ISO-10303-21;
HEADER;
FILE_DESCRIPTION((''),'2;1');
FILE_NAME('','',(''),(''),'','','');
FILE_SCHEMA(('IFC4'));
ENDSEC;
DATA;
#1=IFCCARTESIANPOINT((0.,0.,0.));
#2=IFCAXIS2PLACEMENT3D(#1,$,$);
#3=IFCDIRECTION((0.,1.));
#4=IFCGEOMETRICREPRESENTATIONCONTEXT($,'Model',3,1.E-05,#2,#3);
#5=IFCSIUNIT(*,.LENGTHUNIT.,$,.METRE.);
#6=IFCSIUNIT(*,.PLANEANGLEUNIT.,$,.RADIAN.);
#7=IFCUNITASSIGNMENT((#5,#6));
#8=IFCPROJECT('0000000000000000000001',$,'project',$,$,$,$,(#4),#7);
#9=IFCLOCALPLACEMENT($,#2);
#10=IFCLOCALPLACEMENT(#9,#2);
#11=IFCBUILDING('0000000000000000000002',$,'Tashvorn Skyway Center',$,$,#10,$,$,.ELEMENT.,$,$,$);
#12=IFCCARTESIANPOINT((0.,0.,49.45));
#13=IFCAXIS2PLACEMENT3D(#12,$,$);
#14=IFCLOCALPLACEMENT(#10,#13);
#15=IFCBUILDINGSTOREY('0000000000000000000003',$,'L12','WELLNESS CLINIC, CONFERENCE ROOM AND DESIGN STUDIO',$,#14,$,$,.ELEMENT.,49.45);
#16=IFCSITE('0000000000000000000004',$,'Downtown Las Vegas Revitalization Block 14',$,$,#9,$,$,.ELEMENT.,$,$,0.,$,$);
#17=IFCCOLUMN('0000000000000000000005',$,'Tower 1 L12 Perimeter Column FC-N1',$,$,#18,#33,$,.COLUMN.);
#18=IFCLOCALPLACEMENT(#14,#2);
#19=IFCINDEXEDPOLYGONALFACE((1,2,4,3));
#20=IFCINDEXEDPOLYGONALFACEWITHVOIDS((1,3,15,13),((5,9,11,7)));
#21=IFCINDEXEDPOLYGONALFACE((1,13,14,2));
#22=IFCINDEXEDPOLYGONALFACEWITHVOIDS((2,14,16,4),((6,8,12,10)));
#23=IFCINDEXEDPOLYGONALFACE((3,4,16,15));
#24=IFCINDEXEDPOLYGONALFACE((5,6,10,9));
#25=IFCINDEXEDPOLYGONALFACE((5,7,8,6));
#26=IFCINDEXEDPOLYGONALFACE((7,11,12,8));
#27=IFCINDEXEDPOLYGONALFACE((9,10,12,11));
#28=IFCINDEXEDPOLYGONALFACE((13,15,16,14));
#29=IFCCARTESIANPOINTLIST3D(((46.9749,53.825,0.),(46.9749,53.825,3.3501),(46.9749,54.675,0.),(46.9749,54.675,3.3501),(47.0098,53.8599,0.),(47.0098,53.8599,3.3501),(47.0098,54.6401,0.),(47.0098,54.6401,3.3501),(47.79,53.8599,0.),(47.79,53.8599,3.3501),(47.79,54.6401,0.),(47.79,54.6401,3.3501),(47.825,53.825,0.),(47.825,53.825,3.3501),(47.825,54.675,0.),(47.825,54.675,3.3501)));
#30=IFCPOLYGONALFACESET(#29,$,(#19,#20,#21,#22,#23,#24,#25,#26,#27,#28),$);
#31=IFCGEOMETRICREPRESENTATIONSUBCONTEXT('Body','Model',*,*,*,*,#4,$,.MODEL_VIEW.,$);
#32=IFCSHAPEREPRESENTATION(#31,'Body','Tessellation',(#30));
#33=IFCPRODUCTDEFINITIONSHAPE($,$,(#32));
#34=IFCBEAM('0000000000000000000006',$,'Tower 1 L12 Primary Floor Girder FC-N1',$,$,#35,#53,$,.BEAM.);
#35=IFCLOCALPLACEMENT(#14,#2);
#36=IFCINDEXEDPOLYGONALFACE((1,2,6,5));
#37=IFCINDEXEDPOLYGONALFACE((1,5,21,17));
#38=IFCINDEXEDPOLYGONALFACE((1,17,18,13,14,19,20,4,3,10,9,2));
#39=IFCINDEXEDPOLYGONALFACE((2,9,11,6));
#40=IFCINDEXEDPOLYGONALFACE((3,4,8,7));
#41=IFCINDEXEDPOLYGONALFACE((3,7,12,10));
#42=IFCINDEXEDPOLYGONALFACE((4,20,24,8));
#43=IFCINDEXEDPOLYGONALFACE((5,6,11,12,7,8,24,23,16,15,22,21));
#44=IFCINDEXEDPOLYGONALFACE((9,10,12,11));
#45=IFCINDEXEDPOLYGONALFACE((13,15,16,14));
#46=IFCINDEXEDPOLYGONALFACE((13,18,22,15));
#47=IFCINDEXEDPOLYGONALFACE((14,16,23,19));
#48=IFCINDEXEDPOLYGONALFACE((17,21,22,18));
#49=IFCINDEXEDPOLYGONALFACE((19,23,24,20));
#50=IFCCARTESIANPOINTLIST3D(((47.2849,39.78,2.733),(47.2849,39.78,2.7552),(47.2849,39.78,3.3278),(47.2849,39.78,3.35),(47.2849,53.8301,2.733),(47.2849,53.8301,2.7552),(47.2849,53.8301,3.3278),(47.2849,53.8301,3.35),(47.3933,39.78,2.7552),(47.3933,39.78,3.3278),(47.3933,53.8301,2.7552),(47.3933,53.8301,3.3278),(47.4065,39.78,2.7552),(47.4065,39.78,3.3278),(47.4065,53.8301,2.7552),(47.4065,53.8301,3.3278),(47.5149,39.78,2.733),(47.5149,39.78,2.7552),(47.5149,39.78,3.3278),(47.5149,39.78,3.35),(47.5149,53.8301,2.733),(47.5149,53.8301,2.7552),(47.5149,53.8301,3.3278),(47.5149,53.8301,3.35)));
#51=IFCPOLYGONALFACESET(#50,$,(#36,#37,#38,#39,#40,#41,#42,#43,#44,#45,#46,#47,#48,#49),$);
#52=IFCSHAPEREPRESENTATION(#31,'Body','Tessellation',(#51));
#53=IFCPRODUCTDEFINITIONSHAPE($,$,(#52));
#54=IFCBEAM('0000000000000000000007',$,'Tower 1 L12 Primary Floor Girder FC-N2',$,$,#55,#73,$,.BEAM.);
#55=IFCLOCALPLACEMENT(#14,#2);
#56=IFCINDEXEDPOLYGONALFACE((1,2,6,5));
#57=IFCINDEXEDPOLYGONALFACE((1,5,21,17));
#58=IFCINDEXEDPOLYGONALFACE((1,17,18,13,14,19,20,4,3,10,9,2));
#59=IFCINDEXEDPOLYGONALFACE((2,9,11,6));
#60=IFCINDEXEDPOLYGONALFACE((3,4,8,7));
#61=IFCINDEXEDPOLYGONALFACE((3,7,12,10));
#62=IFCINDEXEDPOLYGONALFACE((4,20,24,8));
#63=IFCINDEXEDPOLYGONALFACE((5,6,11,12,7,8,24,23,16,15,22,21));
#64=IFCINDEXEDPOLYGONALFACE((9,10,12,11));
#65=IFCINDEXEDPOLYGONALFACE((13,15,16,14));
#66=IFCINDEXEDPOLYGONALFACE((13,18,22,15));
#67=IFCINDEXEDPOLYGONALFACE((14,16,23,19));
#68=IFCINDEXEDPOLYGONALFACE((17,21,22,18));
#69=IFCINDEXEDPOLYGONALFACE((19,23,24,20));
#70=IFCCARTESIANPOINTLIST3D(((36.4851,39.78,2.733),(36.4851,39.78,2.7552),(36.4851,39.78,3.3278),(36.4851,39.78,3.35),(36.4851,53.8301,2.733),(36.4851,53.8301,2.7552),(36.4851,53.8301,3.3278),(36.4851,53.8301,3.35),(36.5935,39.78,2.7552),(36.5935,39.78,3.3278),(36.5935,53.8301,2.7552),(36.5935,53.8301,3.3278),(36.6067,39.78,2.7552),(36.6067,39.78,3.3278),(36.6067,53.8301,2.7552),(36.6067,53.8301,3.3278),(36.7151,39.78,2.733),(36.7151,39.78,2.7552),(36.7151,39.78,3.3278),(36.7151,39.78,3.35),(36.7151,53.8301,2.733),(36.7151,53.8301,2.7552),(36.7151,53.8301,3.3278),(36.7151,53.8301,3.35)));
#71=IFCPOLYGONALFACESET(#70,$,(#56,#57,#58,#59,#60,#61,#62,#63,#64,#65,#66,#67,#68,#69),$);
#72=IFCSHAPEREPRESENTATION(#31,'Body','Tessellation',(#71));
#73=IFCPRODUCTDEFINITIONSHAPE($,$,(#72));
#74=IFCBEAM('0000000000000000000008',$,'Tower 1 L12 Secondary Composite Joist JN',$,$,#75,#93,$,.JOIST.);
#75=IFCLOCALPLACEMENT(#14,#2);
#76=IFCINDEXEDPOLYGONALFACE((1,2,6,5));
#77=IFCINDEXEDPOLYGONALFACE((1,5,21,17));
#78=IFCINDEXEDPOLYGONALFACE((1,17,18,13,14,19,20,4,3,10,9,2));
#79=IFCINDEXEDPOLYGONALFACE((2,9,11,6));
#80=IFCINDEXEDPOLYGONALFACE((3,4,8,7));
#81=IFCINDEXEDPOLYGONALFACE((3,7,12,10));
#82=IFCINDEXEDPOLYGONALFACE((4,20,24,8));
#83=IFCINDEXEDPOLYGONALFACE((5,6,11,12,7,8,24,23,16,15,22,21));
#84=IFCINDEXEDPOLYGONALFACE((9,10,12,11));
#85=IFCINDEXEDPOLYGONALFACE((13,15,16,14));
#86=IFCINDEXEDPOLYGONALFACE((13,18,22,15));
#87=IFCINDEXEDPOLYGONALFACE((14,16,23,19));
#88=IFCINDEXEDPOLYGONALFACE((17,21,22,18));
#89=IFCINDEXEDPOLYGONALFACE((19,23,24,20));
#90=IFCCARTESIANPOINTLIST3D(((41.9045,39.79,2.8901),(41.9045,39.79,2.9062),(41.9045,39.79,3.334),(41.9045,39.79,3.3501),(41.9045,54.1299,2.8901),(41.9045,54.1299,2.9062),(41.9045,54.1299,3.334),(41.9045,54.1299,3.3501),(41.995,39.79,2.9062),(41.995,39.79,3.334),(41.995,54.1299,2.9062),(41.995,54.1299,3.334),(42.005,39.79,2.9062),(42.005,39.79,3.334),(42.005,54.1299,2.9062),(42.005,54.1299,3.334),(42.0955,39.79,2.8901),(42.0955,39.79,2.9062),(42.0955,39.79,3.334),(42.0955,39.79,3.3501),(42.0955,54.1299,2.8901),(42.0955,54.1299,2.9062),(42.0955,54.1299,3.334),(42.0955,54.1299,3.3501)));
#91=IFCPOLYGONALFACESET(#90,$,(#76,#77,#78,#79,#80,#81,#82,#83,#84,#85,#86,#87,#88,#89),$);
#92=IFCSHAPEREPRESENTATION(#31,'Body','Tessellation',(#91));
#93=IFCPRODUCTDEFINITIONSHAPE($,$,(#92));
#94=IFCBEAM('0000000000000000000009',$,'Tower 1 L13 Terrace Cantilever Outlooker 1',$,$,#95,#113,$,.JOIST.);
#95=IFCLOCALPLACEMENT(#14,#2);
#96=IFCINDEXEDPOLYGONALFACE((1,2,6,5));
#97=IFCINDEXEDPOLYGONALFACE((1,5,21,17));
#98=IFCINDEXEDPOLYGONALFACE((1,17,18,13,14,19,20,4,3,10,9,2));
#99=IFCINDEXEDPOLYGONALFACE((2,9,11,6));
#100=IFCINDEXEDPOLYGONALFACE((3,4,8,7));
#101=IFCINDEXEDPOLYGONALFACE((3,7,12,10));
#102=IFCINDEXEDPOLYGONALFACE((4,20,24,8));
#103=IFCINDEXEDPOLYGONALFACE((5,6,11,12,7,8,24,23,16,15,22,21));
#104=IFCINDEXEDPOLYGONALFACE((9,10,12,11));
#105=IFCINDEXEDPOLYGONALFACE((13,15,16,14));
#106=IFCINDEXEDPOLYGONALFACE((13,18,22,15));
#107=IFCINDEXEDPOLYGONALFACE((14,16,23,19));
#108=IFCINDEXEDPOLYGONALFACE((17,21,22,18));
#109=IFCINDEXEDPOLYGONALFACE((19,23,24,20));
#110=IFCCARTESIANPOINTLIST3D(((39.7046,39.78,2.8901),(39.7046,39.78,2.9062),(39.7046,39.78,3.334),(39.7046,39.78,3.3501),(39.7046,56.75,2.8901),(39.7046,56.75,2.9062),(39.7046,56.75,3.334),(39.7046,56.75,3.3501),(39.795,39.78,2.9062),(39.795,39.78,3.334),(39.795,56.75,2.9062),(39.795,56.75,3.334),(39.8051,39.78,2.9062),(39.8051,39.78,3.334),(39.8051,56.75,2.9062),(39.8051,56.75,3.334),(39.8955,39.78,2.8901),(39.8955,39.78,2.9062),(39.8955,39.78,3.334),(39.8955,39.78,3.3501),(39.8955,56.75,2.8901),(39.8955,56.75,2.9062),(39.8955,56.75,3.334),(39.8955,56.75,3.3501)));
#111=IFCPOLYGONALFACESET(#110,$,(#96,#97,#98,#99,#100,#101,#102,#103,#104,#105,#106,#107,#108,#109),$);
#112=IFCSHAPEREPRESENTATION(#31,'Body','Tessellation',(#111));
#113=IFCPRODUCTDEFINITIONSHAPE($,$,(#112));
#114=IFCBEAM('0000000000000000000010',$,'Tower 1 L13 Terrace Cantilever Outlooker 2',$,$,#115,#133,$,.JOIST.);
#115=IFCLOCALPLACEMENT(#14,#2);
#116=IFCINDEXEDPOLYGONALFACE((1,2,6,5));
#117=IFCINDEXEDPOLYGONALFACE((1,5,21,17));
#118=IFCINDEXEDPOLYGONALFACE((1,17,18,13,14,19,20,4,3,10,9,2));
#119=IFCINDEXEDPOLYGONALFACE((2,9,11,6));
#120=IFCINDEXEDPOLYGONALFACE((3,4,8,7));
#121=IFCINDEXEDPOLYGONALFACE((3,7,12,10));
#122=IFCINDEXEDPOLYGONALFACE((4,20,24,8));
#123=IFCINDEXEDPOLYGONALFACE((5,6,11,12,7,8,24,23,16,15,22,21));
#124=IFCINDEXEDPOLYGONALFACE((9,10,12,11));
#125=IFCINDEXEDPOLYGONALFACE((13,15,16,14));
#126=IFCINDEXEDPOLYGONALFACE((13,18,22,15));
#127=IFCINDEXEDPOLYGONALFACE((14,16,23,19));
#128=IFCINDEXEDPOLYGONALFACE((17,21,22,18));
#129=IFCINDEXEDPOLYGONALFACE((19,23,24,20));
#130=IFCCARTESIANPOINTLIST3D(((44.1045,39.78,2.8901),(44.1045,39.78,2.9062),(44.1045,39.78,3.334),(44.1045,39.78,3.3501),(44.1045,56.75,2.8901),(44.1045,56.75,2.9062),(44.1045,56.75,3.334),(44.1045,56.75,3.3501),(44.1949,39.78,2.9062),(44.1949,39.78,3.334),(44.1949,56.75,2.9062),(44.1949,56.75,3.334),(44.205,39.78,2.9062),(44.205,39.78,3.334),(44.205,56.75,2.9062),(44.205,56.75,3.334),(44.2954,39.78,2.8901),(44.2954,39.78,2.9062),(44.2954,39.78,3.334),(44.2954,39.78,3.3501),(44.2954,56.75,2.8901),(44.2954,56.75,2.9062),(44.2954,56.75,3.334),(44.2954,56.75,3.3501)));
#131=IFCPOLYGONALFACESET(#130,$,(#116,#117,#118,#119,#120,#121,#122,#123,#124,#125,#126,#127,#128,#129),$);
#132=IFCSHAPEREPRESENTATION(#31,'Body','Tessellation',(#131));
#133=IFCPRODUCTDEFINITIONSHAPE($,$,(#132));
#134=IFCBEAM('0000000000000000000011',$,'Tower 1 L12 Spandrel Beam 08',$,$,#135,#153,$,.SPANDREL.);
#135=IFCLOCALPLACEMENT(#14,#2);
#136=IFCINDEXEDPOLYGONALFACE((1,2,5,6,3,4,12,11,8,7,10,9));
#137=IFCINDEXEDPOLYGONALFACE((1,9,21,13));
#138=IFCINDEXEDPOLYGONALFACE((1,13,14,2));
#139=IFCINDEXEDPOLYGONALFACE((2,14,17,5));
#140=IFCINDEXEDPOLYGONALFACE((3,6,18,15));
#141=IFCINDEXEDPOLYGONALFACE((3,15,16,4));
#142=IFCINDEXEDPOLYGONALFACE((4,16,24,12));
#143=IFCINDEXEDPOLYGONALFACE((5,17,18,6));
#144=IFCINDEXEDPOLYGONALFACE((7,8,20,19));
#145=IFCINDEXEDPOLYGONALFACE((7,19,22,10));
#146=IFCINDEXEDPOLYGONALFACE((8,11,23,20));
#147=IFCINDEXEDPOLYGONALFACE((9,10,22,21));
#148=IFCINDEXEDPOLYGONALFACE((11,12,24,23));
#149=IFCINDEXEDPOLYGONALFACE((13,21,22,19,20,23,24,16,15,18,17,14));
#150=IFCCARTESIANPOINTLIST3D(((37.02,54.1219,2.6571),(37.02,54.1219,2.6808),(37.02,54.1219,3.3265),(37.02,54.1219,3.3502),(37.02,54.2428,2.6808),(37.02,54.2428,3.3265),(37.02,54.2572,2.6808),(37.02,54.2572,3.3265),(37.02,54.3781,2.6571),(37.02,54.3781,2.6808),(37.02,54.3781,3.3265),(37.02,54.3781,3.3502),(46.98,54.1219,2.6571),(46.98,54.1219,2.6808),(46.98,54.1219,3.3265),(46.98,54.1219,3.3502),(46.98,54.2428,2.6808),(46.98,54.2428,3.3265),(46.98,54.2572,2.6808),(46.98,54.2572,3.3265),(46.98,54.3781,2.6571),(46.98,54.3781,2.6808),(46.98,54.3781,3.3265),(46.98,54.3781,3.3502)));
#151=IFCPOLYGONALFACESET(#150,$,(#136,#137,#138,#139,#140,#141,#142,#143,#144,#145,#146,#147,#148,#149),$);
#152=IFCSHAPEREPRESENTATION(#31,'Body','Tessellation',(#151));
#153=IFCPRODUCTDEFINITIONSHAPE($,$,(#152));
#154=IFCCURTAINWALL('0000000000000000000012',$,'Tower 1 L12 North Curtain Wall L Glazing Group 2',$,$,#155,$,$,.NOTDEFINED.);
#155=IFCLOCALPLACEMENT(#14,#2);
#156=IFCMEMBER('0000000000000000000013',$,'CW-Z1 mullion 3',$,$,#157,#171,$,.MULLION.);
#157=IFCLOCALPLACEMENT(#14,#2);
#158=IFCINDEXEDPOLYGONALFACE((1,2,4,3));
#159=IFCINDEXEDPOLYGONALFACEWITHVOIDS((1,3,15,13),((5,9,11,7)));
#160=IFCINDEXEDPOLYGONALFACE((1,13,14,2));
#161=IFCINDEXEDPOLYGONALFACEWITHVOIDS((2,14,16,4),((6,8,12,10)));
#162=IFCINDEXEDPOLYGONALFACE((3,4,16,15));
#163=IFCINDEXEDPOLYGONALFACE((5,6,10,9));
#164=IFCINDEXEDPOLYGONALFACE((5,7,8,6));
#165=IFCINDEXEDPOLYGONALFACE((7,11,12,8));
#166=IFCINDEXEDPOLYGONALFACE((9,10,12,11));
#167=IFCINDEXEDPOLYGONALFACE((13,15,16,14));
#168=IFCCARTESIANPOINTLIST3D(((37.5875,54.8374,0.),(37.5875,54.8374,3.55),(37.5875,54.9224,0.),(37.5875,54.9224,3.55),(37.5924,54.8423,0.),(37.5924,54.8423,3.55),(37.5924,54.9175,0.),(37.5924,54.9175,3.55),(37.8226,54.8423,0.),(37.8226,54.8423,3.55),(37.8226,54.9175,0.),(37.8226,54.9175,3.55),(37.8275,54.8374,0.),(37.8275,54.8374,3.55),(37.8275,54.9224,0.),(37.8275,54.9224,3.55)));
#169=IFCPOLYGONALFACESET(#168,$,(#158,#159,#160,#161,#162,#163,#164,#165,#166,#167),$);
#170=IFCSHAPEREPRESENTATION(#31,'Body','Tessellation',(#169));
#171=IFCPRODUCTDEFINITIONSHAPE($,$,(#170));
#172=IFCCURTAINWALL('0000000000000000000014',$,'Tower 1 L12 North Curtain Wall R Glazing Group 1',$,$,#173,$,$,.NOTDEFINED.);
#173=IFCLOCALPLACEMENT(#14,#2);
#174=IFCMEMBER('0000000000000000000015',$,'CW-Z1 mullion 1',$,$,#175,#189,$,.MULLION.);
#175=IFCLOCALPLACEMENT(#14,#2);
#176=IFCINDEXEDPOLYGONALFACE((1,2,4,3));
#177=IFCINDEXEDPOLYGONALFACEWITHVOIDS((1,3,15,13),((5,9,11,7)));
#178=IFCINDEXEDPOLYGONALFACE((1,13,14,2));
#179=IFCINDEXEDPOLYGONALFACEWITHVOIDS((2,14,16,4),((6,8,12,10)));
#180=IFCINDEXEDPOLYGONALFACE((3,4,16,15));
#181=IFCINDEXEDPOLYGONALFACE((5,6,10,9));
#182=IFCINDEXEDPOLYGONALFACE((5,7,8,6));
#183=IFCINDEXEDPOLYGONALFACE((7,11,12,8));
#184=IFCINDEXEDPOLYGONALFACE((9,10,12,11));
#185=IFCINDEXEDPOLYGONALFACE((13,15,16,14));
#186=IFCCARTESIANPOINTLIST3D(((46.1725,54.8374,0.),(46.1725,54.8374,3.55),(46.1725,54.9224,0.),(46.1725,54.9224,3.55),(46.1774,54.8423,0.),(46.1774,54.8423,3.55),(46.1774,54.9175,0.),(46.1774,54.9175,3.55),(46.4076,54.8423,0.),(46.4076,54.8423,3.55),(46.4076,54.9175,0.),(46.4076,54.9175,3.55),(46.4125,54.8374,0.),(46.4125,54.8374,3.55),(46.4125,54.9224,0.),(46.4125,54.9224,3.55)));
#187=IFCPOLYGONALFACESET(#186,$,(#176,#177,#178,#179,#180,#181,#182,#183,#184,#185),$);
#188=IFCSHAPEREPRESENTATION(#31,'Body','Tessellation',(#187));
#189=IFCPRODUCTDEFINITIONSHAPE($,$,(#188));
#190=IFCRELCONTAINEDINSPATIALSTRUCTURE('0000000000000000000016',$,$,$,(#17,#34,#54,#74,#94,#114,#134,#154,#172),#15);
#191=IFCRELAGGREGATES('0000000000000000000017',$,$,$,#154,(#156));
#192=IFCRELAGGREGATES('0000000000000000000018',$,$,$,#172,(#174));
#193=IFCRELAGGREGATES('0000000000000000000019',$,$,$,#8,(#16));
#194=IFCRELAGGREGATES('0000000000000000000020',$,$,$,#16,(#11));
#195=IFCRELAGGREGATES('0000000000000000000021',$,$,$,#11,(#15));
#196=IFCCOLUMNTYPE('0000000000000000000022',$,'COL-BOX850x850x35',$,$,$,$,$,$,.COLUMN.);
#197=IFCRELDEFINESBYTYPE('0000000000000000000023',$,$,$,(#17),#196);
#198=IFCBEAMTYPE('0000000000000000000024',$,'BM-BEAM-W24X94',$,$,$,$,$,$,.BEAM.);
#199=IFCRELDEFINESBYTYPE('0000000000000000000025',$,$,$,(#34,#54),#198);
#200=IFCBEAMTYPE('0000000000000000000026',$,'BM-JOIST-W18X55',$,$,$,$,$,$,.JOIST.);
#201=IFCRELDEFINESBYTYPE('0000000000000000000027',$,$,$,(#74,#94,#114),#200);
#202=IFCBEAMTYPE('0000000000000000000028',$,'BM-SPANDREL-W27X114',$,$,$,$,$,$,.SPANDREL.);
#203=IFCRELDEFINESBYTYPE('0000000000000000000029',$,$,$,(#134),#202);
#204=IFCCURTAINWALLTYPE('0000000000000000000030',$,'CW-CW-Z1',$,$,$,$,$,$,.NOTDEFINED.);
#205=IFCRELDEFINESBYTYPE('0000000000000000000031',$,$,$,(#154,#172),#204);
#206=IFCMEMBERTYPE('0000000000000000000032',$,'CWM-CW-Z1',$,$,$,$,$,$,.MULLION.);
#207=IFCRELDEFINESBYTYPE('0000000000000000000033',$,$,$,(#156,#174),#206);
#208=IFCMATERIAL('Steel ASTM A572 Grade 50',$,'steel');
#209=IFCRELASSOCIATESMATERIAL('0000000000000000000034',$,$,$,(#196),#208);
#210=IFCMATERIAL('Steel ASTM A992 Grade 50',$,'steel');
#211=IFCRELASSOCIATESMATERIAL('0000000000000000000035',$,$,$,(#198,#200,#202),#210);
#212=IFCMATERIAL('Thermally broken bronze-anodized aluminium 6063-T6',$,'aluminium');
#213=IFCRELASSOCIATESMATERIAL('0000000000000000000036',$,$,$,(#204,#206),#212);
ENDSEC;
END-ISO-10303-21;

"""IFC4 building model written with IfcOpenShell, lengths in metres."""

from ifc_helpers import new_model, si_unit, direction, frame, origin, origin_2d, place, context, subcontext, project, spatial, hollow_rectangle, i_section, extrude, material, material_profile, profile_set, type_object, element, aggregate, save


model = new_model("IFC4")

# Units and contexts
model_context = context("Model", 3, precision=1e-05, world=origin(), true_north=direction((0.0, 1.0)))
body_context = subcontext(model_context, "Body", "Model", "MODEL_VIEW")
ifc_project = project(units=[si_unit("LENGTHUNIT", "METRE"), si_unit("PLANEANGLEUNIT", "RADIAN")], contexts=[model_context])

# Site, building, storey
site_placement = place(None, origin())
site = spatial("IfcSite", under=ifc_project, at=site_placement, Name="Downtown Las Vegas Revitalization Block 14", CompositionType="ELEMENT", RefElevation=0.0)
building_placement = place(site_placement, origin())
building = spatial("IfcBuilding", under=site, at=building_placement, Name="Tashvorn Skyway Center", CompositionType="ELEMENT")
storey_placement = place(building_placement, frame((0.0, 0.0, 49.45)))
storey = spatial("IfcBuildingStorey", under=building, at=storey_placement, Name="L12", Description="WELLNESS CLINIC, CONFERENCE ROOM AND DESIGN STUDIO", CompositionType="ELEMENT", Elevation=49.45)

# Column
ifc_material_1 = material(Name="Steel ASTM A572 Grade 50", Category="steel")
ifc_material_profile_1 = material_profile(ifc_material_1, hollow_rectangle(XDim=0.8501, YDim=0.8501, WallThickness=0.0349, at=origin_2d()), Name="BOX850x850x35")
ifc_profile_set_1 = profile_set([ifc_material_profile_1], Name="Steel ASTM A572 Grade 50")
column_type = type_object("IfcColumnType", Name="COL-BOX850x850x35", PredefinedType="COLUMN", material=ifc_profile_set_1)
column_placement = place(storey_placement, frame((47.3999, 54.25, 0.0), z_axis=(0.0, 0.0, 1.0), x_axis=(1.0, 0.0, 0.0)))
element("IfcColumn", 1, at=column_placement, inside=storey, type_object=column_type, Name="Tower 1 L12 Perimeter Column FC-N1", PredefinedType="COLUMN", context=body_context, shape_type="SweptSolid", body=[
    extrude(hollow_rectangle(XDim=0.8501, YDim=0.8501, WallThickness=0.0349, at=origin_2d()), origin(), (0.0, 0.0, 1.0), 3.3501),
])

# Beams
ifc_material_2 = material(Name="Steel ASTM A992 Grade 50", Category="steel")
ifc_material_profile_2 = material_profile(ifc_material_2, i_section(OverallWidth=0.23, OverallDepth=0.6169, WebThickness=0.0132, FlangeThickness=0.0222, at=origin_2d()), Name="W24X94")
ifc_profile_set_2 = profile_set([ifc_material_profile_2], Name="Steel ASTM A992 Grade 50")
beam_type_1 = type_object("IfcBeamType", Name="BM-BEAM-W24X94", PredefinedType="BEAM", material=ifc_profile_set_2)
for number, where, z_axis, x_axis, name in (
    (2, (47.3999, 53.8301, 3.0415), (0.0, -1.0, 0.0), (1.0, 0.0, 0.0), "Tower 1 L12 Primary Floor Girder FC-N1"),
    (3, (36.6001, 53.8301, 3.0415), (0.0, -1.0, 0.0), (1.0, 0.0, 0.0), "Tower 1 L12 Primary Floor Girder FC-N2"),
):
    element("IfcBeam", number, at=place(storey_placement, frame(where, z_axis=z_axis, x_axis=x_axis)), inside=storey, type_object=beam_type_1, Name=name, PredefinedType="BEAM", context=body_context, shape_type="SweptSolid", body=[
        extrude(i_section(OverallWidth=0.23, OverallDepth=0.6169, WebThickness=0.0132, FlangeThickness=0.0222, at=origin_2d()), origin(), (0.0, 0.0, 1.0), 14.05),
    ])
ifc_material_profile_3 = material_profile(ifc_material_2, i_section(OverallWidth=0.1909, OverallDepth=0.46, WebThickness=0.01, FlangeThickness=0.0161, at=origin_2d()), Name="W18X55")
ifc_profile_set_3 = profile_set([ifc_material_profile_3], Name="Steel ASTM A992 Grade 50")
beam_type_2 = type_object("IfcBeamType", Name="BM-JOIST-W18X55", PredefinedType="JOIST", material=ifc_profile_set_3)
beam_1_placement = place(storey_placement, frame((42.0, 39.79, 3.1201), z_axis=(0.0, 1.0, 0.0), x_axis=(-1.0, 0.0, 0.0)))
element("IfcBeam", 4, at=beam_1_placement, inside=storey, type_object=beam_type_2, Name="Tower 1 L12 Secondary Composite Joist JN", PredefinedType="JOIST", context=body_context, shape_type="SweptSolid", body=[
    extrude(i_section(OverallWidth=0.1909, OverallDepth=0.46, WebThickness=0.01, FlangeThickness=0.0161, at=origin_2d()), origin(), (0.0, 0.0, 1.0), 14.3398),
])
for number, where, z_axis, x_axis, name in (
    (5, (39.8, 39.78, 3.1201), (0.0, 1.0, 0.0), (-1.0, 0.0, 0.0), "Tower 1 L13 Terrace Cantilever Outlooker 1"),
    (6, (44.2, 39.78, 3.1201), (0.0, 1.0, 0.0), (-1.0, 0.0, 0.0), "Tower 1 L13 Terrace Cantilever Outlooker 2"),
):
    element("IfcBeam", number, at=place(storey_placement, frame(where, z_axis=z_axis, x_axis=x_axis)), inside=storey, type_object=beam_type_2, Name=name, PredefinedType="JOIST", context=body_context, shape_type="SweptSolid", body=[
        extrude(i_section(OverallWidth=0.1909, OverallDepth=0.46, WebThickness=0.01, FlangeThickness=0.0161, at=origin_2d()), origin(), (0.0, 0.0, 1.0), 16.97),
    ])
ifc_material_profile_4 = material_profile(ifc_material_2, i_section(OverallWidth=0.2561, OverallDepth=0.6931, WebThickness=0.0144, FlangeThickness=0.0237, at=origin_2d()), Name="W27X114")
ifc_profile_set_4 = profile_set([ifc_material_profile_4], Name="Steel ASTM A992 Grade 50")
beam_type_3 = type_object("IfcBeamType", Name="BM-SPANDREL-W27X114", PredefinedType="SPANDREL", material=ifc_profile_set_4)
beam_2_placement = place(storey_placement, frame((46.98, 54.25, 3.0037), z_axis=(-1.0, 0.0, 0.0), x_axis=(0.0, -1.0, 0.0)))
element("IfcBeam", 7, at=beam_2_placement, inside=storey, type_object=beam_type_3, Name="Tower 1 L12 Spandrel Beam 08", PredefinedType="SPANDREL", context=body_context, shape_type="SweptSolid", body=[
    extrude(i_section(OverallWidth=0.2561, OverallDepth=0.6931, WebThickness=0.0144, FlangeThickness=0.0237, at=origin_2d()), origin(), (0.0, 0.0, 1.0), 9.96),
])

# Curtain wall, member
ifc_material_3 = material(Name="Thermally broken bronze-anodized aluminium 6063-T6", Category="aluminium")
curtain_wall_type = type_object("IfcCurtainWallType", Name="CW-CW-Z1", PredefinedType="NOTDEFINED", material=ifc_material_3)
curtain_wall_1_placement = place(storey_placement, origin())
curtain_wall_1 = element("IfcCurtainWall", 8, at=curtain_wall_1_placement, inside=storey, type_object=curtain_wall_type, Name="Tower 1 L12 North Curtain Wall L Glazing Group 2", PredefinedType="NOTDEFINED")
ifc_material_profile_5 = material_profile(ifc_material_3, hollow_rectangle(XDim=0.085, YDim=0.24, WallThickness=0.0049, at=origin_2d()), Name="ALU-MULL-85x240")
ifc_profile_set_5 = profile_set([ifc_material_profile_5], Name="Thermally broken bronze-anodized aluminium 6063-T6")
member_type_1 = type_object("IfcMemberType", Name="CWM-CW-Z1", PredefinedType="MULLION", material=ifc_profile_set_5)
member_1_placement = place(storey_placement, frame((37.7075, 54.8799, 0.0), z_axis=(0.0, 0.0, 1.0), x_axis=(0.0, 1.0, 0.0)))
member_1 = element("IfcMember", 9, at=member_1_placement, type_object=member_type_1, Name="CW-Z1 mullion 3", PredefinedType="MULLION", context=body_context, shape_type="SweptSolid", body=[
    extrude(hollow_rectangle(XDim=0.085, YDim=0.24, WallThickness=0.0049, at=origin_2d()), origin(), (0.0, 0.0, 1.0), 3.55),
])
aggregate(curtain_wall_1, [member_1])

# Curtain wall, member
curtain_wall_2_placement = place(storey_placement, origin())
curtain_wall_2 = element("IfcCurtainWall", 10, at=curtain_wall_2_placement, inside=storey, type_object=curtain_wall_type, Name="Tower 1 L12 North Curtain Wall R Glazing Group 1", PredefinedType="NOTDEFINED")
member_2_placement = place(storey_placement, frame((46.2925, 54.8799, 0.0), z_axis=(0.0, 0.0, 1.0), x_axis=(0.0, 1.0, 0.0)))
member_2 = element("IfcMember", 11, at=member_2_placement, type_object=member_type_1, Name="CW-Z1 mullion 1", PredefinedType="MULLION", context=body_context, shape_type="SweptSolid", body=[
    extrude(hollow_rectangle(XDim=0.085, YDim=0.24, WallThickness=0.0049, at=origin_2d()), origin(), (0.0, 0.0, 1.0), 3.55),
])
aggregate(curtain_wall_2, [member_2])

save(model, "model.ifc")
